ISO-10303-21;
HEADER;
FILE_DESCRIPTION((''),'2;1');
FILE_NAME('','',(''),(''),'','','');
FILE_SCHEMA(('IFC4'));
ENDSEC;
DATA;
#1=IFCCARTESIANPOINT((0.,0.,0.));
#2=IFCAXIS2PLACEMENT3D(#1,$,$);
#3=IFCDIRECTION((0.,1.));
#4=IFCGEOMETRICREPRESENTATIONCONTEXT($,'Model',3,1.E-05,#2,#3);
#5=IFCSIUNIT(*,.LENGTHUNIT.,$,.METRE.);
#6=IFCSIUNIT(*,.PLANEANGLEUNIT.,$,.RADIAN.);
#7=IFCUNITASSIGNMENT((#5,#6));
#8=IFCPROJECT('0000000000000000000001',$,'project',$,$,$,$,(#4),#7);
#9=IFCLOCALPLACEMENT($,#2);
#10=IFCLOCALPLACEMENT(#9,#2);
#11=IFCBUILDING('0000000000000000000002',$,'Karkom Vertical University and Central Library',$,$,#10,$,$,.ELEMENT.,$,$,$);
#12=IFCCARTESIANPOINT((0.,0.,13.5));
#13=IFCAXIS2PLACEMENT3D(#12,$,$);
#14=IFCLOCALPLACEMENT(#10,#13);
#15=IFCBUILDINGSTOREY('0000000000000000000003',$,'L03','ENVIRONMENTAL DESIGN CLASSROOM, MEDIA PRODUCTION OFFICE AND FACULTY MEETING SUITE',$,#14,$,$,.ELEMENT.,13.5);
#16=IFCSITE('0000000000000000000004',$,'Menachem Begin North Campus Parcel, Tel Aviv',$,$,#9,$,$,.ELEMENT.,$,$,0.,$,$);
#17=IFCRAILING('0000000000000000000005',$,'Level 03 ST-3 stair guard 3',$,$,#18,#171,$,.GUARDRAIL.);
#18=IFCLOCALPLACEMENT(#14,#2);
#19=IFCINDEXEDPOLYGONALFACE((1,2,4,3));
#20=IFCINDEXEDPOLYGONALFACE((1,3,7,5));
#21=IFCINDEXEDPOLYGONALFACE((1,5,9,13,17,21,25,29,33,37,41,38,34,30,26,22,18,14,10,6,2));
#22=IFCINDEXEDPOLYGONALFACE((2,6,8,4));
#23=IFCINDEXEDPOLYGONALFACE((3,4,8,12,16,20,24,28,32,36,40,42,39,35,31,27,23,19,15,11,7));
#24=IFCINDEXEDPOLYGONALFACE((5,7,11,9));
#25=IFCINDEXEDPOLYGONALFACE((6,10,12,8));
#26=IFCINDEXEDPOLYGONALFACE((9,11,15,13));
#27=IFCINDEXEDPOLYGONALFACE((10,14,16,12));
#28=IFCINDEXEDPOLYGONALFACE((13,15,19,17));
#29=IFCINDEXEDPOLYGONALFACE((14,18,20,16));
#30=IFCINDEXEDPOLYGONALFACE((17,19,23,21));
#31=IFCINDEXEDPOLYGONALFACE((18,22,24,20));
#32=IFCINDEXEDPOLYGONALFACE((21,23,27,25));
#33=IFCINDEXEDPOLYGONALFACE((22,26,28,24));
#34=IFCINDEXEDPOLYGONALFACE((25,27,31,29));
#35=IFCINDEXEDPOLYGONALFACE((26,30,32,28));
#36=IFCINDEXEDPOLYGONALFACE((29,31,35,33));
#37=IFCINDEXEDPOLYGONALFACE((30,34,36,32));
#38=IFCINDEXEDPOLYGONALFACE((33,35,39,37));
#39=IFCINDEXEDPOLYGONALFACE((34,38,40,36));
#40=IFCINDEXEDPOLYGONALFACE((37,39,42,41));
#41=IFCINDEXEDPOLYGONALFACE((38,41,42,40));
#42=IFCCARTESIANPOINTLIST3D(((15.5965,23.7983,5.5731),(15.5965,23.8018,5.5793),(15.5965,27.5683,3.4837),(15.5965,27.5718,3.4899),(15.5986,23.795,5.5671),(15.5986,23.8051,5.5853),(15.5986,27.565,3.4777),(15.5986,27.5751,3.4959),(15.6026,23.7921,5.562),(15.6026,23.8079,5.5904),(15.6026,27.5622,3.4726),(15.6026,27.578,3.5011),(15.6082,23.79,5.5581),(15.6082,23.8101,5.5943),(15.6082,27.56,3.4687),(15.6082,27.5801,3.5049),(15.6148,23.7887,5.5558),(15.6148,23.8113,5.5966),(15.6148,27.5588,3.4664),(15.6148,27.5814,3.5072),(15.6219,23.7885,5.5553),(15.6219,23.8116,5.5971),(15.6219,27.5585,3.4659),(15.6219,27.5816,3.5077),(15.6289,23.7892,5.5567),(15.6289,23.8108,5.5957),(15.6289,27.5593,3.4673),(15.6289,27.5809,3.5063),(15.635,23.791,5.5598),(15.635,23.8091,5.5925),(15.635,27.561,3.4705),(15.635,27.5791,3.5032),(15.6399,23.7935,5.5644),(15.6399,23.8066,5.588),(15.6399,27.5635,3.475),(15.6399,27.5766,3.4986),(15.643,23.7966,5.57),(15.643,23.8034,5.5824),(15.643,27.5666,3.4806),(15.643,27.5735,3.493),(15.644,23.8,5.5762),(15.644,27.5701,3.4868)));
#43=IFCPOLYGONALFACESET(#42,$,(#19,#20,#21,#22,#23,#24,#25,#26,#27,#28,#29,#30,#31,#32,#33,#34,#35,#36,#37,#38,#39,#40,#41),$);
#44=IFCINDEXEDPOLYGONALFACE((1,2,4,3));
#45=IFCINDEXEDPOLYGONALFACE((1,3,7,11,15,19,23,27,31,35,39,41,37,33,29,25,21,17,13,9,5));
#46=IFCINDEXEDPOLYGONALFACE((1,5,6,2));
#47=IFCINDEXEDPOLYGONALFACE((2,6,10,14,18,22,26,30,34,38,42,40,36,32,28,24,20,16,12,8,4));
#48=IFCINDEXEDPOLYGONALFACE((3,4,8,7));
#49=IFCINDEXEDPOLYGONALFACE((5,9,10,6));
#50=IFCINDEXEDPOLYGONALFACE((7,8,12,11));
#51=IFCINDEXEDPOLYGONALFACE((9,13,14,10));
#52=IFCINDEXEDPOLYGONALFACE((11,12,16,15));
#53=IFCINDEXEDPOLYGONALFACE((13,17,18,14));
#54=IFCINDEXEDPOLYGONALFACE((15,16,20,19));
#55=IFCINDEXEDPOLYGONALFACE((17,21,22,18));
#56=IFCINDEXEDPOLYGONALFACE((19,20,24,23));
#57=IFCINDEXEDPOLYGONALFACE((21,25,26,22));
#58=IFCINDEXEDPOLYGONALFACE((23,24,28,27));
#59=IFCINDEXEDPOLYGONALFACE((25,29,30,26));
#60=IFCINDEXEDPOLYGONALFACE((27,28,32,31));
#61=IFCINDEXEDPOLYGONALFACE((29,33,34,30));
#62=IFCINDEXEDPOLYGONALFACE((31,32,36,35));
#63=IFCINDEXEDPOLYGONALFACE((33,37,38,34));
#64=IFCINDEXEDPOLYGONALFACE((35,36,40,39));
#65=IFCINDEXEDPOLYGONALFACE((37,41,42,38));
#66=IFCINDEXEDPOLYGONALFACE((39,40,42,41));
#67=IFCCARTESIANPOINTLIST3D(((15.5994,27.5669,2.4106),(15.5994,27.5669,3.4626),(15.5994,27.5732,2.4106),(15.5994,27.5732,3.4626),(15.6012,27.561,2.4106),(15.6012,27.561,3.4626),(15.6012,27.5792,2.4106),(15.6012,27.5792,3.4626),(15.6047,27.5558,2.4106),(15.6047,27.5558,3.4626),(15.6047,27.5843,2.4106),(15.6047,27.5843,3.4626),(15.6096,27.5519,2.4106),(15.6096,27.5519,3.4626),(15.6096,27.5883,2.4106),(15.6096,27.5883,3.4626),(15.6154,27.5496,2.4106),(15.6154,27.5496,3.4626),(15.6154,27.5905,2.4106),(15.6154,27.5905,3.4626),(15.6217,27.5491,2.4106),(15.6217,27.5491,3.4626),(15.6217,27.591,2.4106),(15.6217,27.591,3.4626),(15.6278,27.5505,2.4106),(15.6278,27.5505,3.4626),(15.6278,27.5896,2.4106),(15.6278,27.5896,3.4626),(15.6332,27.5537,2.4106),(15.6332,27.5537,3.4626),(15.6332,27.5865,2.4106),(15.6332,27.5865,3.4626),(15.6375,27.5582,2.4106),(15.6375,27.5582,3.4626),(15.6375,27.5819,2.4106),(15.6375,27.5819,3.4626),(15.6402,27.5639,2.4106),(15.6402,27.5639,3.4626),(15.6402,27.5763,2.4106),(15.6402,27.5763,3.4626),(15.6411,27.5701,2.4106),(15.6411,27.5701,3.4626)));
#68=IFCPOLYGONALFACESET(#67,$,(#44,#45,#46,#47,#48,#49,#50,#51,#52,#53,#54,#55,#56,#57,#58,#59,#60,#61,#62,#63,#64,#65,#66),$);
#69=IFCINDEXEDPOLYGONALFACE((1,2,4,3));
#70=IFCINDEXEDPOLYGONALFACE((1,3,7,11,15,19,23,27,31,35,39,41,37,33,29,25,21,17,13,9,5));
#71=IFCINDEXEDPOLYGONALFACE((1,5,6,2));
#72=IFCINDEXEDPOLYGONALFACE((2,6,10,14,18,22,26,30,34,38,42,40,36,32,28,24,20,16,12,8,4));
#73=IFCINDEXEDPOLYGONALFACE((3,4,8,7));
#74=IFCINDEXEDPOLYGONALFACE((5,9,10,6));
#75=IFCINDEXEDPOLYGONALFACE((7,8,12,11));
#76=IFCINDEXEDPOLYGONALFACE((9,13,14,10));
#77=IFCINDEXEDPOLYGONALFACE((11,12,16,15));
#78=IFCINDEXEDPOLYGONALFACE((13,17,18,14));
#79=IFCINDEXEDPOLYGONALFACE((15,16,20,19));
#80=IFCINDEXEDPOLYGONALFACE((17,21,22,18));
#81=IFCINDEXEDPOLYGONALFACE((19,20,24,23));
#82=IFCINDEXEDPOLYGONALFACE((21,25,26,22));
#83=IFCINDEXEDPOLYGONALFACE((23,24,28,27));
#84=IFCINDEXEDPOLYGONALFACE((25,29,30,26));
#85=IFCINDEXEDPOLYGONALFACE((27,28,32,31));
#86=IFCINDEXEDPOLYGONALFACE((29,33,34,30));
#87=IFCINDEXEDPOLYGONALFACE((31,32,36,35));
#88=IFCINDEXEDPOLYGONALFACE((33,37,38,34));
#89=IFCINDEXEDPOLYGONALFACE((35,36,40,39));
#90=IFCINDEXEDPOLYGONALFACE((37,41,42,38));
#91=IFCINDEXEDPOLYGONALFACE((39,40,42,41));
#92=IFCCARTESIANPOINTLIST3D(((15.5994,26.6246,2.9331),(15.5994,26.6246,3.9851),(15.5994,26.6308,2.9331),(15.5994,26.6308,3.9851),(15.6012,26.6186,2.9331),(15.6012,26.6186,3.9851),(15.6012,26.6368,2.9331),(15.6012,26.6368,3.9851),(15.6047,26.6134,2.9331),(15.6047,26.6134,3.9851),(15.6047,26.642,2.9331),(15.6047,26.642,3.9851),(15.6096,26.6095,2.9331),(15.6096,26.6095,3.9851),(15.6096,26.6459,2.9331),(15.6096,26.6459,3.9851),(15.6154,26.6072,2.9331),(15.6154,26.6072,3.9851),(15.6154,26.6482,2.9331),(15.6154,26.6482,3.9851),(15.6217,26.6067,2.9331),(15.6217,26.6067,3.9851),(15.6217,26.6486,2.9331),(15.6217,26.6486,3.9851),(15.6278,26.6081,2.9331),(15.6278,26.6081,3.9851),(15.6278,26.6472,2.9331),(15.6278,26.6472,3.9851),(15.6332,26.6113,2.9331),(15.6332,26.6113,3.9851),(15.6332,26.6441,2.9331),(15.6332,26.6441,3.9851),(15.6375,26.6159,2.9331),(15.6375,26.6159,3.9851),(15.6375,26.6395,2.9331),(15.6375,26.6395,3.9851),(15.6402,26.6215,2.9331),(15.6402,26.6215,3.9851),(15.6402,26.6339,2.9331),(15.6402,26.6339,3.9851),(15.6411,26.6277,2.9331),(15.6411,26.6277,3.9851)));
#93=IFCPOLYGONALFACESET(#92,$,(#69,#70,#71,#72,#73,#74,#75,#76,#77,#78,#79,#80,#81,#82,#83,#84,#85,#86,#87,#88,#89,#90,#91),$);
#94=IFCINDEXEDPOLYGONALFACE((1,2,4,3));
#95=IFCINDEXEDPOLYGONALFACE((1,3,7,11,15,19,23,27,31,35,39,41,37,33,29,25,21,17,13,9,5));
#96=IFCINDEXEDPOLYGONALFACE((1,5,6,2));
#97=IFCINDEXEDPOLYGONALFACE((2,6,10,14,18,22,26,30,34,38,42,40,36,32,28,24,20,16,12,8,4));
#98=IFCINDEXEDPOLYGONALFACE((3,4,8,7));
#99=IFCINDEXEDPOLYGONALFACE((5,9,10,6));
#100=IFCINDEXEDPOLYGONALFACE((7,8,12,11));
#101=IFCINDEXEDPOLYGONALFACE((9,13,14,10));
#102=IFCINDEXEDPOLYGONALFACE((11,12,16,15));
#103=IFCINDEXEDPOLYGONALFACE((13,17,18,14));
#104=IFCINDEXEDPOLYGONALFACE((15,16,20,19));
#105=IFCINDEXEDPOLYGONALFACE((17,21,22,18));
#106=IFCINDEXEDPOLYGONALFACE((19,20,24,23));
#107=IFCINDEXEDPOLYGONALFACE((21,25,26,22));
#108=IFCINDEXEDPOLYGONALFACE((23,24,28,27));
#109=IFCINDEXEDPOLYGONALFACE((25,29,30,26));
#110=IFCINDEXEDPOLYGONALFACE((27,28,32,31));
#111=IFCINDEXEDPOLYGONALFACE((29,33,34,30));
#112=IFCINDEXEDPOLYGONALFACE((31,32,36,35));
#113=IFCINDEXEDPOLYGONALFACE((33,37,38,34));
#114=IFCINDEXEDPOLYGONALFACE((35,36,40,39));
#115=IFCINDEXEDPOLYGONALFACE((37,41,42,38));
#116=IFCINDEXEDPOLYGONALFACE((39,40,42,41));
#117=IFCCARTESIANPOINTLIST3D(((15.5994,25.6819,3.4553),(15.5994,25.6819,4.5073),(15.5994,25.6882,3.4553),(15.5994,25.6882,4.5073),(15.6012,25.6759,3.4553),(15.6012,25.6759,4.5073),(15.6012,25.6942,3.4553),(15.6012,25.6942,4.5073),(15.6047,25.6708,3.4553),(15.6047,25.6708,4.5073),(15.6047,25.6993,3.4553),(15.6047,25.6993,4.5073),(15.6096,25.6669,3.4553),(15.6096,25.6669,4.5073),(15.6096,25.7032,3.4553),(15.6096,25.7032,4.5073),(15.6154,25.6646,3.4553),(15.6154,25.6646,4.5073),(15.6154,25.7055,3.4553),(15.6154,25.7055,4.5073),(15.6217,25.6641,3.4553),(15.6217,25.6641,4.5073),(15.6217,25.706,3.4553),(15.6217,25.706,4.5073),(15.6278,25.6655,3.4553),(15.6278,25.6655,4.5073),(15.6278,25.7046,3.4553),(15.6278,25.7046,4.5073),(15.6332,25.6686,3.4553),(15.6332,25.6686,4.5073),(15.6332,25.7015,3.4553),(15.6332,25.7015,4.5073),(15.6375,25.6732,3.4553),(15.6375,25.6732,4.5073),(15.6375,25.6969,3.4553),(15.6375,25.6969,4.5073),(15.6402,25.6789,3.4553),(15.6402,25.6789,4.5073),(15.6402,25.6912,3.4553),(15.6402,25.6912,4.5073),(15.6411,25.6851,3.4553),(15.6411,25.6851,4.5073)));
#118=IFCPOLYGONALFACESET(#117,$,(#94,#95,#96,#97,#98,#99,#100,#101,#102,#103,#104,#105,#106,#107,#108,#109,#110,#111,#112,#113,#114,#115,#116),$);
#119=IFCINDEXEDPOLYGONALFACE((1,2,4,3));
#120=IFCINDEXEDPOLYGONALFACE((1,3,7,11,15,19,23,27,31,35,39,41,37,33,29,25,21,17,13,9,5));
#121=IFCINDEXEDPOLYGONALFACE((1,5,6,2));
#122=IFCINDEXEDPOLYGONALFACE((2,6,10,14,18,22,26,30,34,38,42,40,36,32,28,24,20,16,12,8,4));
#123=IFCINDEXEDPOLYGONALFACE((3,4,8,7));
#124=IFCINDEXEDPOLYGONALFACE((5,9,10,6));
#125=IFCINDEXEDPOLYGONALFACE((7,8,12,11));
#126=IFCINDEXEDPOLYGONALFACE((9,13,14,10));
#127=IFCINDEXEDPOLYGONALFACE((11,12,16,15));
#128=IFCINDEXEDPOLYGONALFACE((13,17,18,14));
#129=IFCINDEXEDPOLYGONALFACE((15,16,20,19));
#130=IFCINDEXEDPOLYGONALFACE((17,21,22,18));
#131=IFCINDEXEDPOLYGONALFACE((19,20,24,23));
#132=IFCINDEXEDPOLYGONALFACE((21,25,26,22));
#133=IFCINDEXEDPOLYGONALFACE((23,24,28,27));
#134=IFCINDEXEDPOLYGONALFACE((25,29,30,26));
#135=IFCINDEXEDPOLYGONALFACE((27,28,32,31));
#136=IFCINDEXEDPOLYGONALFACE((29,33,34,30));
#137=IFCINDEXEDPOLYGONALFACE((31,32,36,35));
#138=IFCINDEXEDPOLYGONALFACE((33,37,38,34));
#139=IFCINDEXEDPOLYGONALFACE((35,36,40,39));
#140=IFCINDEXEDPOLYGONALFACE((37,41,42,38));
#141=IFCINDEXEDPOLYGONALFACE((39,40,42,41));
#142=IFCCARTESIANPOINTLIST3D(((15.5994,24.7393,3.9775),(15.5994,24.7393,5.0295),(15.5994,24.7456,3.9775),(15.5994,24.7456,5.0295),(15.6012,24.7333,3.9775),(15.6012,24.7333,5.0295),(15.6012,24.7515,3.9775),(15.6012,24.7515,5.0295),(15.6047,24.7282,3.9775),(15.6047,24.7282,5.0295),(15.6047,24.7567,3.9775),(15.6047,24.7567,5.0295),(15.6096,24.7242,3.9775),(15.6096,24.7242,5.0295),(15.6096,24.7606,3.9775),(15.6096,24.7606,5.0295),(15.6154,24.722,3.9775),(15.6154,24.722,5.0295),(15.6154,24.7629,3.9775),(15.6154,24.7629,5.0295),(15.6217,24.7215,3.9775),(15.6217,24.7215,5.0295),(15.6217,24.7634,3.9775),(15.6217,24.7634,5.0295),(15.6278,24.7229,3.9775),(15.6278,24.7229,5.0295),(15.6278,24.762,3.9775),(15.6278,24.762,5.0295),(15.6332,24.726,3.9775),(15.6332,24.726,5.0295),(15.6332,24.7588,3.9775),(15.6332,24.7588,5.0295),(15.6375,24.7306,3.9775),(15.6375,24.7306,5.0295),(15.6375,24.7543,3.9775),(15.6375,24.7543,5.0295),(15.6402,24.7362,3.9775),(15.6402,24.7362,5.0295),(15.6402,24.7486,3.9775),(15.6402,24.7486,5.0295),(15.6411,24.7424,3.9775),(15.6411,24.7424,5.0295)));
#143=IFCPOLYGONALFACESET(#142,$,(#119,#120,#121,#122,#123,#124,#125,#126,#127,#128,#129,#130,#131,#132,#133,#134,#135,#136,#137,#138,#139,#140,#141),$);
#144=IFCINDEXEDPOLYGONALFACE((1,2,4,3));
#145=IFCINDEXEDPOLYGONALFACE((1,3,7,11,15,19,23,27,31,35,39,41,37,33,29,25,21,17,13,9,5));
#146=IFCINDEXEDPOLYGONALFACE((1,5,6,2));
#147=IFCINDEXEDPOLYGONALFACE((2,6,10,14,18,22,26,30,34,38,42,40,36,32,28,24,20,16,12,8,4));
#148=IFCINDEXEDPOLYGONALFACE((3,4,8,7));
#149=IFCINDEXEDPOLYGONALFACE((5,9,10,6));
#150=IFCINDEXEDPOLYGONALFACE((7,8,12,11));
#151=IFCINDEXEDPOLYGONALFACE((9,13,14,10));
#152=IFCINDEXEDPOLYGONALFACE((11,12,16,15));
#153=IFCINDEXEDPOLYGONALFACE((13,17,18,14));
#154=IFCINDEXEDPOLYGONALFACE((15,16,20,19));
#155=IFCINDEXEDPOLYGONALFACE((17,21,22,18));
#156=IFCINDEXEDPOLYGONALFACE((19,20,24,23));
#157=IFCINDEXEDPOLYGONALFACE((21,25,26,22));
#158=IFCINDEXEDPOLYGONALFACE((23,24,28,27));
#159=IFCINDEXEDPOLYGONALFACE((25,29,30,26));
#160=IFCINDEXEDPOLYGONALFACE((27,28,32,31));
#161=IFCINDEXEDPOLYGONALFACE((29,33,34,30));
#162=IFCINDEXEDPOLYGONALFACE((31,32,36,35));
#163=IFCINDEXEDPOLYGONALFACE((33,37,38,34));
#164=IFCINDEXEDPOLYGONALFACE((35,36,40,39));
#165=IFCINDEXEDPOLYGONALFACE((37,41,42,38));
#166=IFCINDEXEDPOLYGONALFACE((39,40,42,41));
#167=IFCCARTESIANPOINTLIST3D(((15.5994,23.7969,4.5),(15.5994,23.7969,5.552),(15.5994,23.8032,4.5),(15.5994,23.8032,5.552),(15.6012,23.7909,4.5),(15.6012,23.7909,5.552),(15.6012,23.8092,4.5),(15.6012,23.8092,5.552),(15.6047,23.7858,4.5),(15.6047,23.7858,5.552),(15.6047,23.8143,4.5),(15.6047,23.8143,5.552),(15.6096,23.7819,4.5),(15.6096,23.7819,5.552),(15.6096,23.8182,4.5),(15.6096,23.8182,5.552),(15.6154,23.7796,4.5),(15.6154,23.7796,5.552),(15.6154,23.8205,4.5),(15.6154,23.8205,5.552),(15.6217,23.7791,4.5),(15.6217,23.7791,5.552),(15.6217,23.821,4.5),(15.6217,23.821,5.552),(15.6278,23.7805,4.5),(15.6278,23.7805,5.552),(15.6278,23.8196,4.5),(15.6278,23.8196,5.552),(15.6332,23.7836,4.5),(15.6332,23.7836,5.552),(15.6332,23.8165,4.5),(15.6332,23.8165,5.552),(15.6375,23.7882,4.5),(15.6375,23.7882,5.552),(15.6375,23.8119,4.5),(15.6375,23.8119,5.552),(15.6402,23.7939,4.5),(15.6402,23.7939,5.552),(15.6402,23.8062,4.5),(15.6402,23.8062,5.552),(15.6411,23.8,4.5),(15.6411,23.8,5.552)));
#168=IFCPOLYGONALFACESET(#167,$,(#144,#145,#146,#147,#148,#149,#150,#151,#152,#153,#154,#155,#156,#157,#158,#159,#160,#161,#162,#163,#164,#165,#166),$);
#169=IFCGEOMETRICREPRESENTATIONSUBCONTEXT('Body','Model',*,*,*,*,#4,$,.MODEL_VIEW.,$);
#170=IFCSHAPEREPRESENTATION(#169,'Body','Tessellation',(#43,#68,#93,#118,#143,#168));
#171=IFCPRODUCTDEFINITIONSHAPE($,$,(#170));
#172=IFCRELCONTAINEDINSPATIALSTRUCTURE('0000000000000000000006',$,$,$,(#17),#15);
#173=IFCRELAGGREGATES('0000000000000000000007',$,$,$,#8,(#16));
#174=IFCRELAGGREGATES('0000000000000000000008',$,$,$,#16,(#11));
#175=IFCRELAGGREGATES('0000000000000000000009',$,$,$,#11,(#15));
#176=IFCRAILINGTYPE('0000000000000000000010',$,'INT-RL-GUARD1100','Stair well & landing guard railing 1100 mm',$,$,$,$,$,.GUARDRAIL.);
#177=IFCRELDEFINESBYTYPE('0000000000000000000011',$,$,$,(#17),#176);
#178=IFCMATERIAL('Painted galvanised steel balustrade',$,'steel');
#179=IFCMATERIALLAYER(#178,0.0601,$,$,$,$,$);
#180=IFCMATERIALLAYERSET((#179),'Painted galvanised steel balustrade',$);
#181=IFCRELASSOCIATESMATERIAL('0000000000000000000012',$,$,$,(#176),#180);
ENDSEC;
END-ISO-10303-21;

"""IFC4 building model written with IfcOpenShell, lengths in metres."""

from ifc_helpers import new_model, si_unit, direction, frame, origin, origin_2d, place, context, subcontext, project, spatial, circle, extrude, material, layer, layer_set, type_object, element, save


model = new_model("IFC4")

# Units and contexts
model_context = context("Model", 3, precision=1e-05, world=origin(), true_north=direction((0.0, 1.0)))
body_context = subcontext(model_context, "Body", "Model", "MODEL_VIEW")
ifc_project = project(units=[si_unit("LENGTHUNIT", "METRE"), si_unit("PLANEANGLEUNIT", "RADIAN")], contexts=[model_context])

# Site, building, storey
site_placement = place(None, origin())
site = spatial("IfcSite", under=ifc_project, at=site_placement, Name="Menachem Begin North Campus Parcel, Tel Aviv", CompositionType="ELEMENT", RefElevation=0.0)
building_placement = place(site_placement, origin())
building = spatial("IfcBuilding", under=site, at=building_placement, Name="Karkom Vertical University and Central Library", CompositionType="ELEMENT")
storey_placement = place(building_placement, frame((0.0, 0.0, 13.5)))
storey = spatial("IfcBuildingStorey", under=building, at=storey_placement, Name="L03", Description="ENVIRONMENTAL DESIGN CLASSROOM, MEDIA PRODUCTION OFFICE AND FACULTY MEETING SUITE", CompositionType="ELEMENT", Elevation=13.5)

# Railing
ifc_material_1 = material(Name="Painted galvanised steel balustrade", Category="steel")
ifc_layer_1 = layer(ifc_material_1, 0.0601)
ifc_layer_set_1 = layer_set([ifc_layer_1], Name="Painted galvanised steel balustrade")
railing_type_1 = type_object("IfcRailingType", Name="INT-RL-GUARD1100", Description="Stair well & landing guard railing 1100 mm", PredefinedType="GUARDRAIL", material=ifc_layer_set_1)
railing_1_placement = place(storey_placement, frame((15.6201, 27.5701, 2.4106)))
element("IfcRailing", 1, at=railing_1_placement, inside=storey, type_object=railing_type_1, Name="Level 03 ST-3 stair guard 3", PredefinedType="GUARDRAIL", context=body_context, shape_type="SweptSolid", body=[
    extrude(circle(Radius=0.0239, at=origin_2d()), frame((0.0, 0.0, 1.0762), z_axis=(0.0, -0.874659, 0.484739), x_axis=(1.0, 0.0, 0.0)), (0.0, 0.0, 1.0), 4.3103),
    extrude(circle(Radius=0.021, at=origin_2d()), origin(), (0.0, 0.0, 1.0), 1.052),
    extrude(circle(Radius=0.021, at=origin_2d()), frame((0.0, -0.9424, 0.5225)), (0.0, 0.0, 1.0), 1.052),
    extrude(circle(Radius=0.021, at=origin_2d()), frame((0.0, -1.885, 1.0447)), (0.0, 0.0, 1.0), 1.052),
    extrude(circle(Radius=0.021, at=origin_2d()), frame((0.0, -2.8276, 1.5669)), (0.0, 0.0, 1.0), 1.052),
    extrude(circle(Radius=0.021, at=origin_2d()), frame((0.0, -3.77, 2.0894)), (0.0, 0.0, 1.0), 1.052),
])

save(model, "model.ifc")
